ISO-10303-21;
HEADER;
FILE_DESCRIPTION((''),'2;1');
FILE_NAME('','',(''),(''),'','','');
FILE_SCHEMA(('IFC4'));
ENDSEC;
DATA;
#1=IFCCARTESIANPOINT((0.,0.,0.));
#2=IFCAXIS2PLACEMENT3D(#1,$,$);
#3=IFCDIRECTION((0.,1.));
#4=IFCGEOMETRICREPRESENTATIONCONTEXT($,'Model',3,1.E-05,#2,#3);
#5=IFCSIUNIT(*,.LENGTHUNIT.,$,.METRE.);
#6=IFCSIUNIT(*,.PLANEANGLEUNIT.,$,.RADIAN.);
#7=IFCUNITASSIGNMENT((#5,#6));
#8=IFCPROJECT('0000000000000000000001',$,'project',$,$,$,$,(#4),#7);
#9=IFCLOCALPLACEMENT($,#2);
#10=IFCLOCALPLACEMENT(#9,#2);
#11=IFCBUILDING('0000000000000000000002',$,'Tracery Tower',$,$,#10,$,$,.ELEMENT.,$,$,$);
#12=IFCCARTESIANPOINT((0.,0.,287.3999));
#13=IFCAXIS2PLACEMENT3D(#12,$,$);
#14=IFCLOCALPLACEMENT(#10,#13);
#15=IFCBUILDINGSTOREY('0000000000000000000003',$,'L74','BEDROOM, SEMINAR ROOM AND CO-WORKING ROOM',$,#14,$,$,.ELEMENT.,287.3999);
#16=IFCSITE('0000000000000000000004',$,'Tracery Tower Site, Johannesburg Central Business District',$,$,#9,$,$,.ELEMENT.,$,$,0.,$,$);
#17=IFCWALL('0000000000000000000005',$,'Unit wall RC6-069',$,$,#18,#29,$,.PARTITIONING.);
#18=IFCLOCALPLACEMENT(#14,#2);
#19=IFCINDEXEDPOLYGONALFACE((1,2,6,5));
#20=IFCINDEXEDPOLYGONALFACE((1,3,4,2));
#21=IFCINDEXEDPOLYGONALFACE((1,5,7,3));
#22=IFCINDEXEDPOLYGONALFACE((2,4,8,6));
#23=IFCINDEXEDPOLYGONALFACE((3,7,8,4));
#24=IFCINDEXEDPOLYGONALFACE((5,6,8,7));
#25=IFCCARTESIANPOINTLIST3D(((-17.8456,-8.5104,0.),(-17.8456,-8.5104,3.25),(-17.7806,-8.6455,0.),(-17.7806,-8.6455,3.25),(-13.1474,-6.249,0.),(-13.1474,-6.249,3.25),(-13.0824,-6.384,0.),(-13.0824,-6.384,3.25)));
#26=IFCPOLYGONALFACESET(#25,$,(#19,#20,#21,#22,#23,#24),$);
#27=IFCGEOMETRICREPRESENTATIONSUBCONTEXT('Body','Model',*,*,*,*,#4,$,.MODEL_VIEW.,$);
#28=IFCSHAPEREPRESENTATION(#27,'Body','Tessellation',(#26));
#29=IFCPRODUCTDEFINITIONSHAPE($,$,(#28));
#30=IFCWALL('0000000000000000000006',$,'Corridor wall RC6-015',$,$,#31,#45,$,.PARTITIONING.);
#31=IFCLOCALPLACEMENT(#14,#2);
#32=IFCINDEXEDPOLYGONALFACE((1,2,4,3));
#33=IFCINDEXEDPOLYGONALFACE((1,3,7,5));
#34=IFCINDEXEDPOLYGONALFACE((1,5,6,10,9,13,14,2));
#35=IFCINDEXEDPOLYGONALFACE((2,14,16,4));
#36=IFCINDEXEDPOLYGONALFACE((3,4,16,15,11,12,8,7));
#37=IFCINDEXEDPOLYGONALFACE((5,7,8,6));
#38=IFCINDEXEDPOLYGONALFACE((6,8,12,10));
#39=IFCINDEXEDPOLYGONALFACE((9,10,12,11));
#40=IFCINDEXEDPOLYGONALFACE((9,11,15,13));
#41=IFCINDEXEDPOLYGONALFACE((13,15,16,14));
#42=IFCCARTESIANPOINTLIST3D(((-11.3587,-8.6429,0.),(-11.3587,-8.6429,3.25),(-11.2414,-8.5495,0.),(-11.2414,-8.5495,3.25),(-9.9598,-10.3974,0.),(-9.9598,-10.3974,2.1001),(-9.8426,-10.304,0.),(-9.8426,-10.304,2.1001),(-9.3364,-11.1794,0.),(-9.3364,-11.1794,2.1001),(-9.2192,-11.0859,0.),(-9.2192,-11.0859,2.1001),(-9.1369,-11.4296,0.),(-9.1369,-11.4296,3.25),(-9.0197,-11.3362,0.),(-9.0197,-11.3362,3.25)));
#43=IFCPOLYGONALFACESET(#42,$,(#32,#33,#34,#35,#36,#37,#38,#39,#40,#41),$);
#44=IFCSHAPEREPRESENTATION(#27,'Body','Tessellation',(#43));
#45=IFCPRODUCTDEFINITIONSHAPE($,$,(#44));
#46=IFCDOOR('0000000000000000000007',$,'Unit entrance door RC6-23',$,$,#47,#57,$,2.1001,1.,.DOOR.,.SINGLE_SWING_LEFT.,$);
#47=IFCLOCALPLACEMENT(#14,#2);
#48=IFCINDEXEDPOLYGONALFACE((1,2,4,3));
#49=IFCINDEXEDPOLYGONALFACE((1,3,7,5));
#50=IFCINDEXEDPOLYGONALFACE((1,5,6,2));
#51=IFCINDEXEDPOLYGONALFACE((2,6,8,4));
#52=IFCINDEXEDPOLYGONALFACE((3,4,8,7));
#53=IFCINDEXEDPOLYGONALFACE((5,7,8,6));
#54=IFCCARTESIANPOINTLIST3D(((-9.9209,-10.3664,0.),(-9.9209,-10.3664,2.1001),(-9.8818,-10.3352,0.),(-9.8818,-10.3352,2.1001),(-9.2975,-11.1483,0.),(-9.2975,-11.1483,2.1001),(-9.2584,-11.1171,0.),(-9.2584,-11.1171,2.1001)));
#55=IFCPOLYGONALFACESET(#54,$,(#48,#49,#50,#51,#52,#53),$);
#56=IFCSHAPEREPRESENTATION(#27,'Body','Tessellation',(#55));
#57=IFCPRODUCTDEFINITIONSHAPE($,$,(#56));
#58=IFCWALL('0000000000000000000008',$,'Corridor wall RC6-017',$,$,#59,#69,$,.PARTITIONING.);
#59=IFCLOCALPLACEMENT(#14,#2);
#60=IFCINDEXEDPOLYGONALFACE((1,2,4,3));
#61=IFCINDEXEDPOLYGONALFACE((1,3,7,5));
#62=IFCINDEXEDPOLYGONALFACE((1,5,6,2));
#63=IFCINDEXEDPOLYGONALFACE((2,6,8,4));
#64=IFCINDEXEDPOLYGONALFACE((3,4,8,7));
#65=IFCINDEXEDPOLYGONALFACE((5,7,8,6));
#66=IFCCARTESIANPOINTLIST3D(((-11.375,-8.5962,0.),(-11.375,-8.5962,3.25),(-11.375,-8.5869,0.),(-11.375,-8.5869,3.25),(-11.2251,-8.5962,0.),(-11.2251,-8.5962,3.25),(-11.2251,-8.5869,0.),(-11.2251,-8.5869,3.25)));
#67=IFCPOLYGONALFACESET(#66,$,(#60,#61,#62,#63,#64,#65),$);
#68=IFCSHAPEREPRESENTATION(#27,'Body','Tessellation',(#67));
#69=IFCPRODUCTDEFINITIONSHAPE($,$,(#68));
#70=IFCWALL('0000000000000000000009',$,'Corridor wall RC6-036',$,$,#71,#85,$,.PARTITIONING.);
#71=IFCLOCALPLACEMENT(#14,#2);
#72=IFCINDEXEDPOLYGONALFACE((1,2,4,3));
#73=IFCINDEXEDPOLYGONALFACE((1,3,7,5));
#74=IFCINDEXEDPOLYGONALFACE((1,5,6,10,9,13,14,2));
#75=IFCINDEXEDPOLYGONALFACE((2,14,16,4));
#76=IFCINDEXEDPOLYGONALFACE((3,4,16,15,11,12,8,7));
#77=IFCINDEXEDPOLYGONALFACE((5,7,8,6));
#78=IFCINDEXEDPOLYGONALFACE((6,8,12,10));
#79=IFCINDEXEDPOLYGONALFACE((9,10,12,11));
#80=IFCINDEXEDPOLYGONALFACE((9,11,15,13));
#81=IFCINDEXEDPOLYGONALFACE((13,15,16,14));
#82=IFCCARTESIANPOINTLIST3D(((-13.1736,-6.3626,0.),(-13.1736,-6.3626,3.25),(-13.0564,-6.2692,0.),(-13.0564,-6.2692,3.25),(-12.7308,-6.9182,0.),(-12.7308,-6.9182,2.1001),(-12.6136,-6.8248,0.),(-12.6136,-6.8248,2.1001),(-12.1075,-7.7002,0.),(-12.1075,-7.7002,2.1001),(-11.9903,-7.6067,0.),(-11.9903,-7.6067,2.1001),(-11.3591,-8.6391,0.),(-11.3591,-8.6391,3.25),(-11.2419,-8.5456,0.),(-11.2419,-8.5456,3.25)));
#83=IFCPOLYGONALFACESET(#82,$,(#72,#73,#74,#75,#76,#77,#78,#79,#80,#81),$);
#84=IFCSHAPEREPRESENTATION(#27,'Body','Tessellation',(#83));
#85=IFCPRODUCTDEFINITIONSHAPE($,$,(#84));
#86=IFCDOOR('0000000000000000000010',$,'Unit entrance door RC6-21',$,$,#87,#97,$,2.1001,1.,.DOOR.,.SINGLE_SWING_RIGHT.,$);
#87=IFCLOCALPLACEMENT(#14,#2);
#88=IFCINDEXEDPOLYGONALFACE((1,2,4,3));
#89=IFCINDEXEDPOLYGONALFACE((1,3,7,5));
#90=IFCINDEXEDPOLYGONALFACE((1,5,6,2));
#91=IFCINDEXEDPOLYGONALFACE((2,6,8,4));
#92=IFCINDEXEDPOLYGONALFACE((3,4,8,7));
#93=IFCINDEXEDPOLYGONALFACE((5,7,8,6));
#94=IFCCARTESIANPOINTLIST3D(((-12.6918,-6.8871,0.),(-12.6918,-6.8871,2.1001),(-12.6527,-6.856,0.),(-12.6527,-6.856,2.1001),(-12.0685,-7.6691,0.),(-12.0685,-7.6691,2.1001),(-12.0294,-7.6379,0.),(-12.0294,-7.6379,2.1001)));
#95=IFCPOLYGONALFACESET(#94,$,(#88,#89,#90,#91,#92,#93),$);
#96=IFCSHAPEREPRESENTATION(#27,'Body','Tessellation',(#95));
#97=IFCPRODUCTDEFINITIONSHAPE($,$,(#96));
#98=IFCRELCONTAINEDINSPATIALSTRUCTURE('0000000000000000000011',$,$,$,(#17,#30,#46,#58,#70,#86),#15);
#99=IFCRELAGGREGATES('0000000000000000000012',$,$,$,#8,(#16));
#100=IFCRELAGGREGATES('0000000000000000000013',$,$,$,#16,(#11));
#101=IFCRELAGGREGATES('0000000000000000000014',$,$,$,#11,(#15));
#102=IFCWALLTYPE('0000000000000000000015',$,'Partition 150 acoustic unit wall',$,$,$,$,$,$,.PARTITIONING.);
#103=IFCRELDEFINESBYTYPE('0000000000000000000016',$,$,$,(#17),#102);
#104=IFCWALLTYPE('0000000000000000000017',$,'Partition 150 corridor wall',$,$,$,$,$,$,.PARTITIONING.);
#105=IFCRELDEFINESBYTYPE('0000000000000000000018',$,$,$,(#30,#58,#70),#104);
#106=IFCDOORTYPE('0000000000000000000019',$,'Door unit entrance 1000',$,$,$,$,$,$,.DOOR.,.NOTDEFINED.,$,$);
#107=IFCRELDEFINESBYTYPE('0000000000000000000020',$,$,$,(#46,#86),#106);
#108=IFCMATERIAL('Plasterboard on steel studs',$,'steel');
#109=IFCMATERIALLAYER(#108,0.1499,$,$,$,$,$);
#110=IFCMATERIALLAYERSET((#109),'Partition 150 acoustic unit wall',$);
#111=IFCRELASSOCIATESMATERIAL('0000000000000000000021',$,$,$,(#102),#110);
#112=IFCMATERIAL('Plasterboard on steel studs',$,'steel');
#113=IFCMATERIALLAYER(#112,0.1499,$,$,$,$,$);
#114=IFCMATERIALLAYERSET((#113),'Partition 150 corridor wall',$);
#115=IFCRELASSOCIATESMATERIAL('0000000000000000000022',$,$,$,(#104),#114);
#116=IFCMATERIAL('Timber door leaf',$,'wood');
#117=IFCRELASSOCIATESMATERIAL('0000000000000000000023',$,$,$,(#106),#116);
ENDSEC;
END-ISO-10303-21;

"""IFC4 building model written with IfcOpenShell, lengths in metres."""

from ifc_helpers import new_model, si_unit, direction, frame, frame_2d, origin, place, context, subcontext, project, spatial, rectangle, extrude, material, layer, layer_set, type_object, element, fill, save


model = new_model("IFC4")

# Units and contexts
model_context = context("Model", 3, precision=1e-05, world=origin(), true_north=direction((0.0, 1.0)))
body_context = subcontext(model_context, "Body", "Model", "MODEL_VIEW")
ifc_project = project(units=[si_unit("LENGTHUNIT", "METRE"), si_unit("PLANEANGLEUNIT", "RADIAN")], contexts=[model_context])

# Site, building, storey
site_placement = place(None, origin())
site = spatial("IfcSite", under=ifc_project, at=site_placement, Name="Tracery Tower Site, Johannesburg Central Business District", CompositionType="ELEMENT", RefElevation=0.0)
building_placement = place(site_placement, origin())
building = spatial("IfcBuilding", under=site, at=building_placement, Name="Tracery Tower", CompositionType="ELEMENT")
storey_placement = place(building_placement, frame((0.0, 0.0, 287.3999)))
storey = spatial("IfcBuildingStorey", under=building, at=storey_placement, Name="L74", Description="BEDROOM, SEMINAR ROOM AND CO-WORKING ROOM", CompositionType="ELEMENT", Elevation=287.3999)

# Wall
ifc_material_1 = material(Name="Plasterboard on steel studs", Category="steel")
ifc_layer_1 = layer(ifc_material_1, 0.1499)
ifc_layer_set_1 = layer_set([ifc_layer_1], Name="Partition 150 acoustic unit wall")
wall_type_1 = type_object("IfcWallType", Name="Partition 150 acoustic unit wall", PredefinedType="PARTITIONING", material=ifc_layer_set_1)
wall_1_placement = place(storey_placement, frame((-17.813, -8.5779, 0.0), z_axis=(0.0, 0.0, 1.0), x_axis=(0.90105, 0.433716, 0.0)))
element("IfcWall", 1, at=wall_1_placement, inside=storey, type_object=wall_type_1, Name="Unit wall RC6-069", PredefinedType="PARTITIONING", context=body_context, shape_type="SweptSolid", body=[
    extrude(rectangle(XDim=5.2141, YDim=0.1499, at=frame_2d((2.6069, 0.0))), origin(), (0.0, 0.0, 1.0), 3.25),
])

# Wall, opening, door
ifc_material_2 = material(Name="Plasterboard on steel studs", Category="steel")
ifc_layer_2 = layer(ifc_material_2, 0.1499)
ifc_layer_set_2 = layer_set([ifc_layer_2], Name="Partition 150 corridor wall")
wall_type_2 = type_object("IfcWallType", Name="Partition 150 corridor wall", PredefinedType="PARTITIONING", material=ifc_layer_set_2)
wall_2_placement = place(storey_placement, frame((-11.3, -8.5962, 0.0), z_axis=(0.0, 0.0, 1.0), x_axis=(0.623391, -0.78191, 0.0)))
wall_2 = element("IfcWall", 2, at=wall_2_placement, inside=storey, type_object=wall_type_2, Name="Corridor wall RC6-015", PredefinedType="PARTITIONING", context=body_context, shape_type="SweptSolid", body=[
    extrude(rectangle(XDim=3.564, YDim=0.1499, at=frame_2d((1.782, 0.0))), origin(), (0.0, 0.0, 1.0), 3.25),
])
opening_1_placement = place(wall_2_placement, frame((2.2439, 0.0, 0.0)))
opening_1 = element("IfcOpeningElement", 3, at=opening_1_placement, cuts=wall_2, PredefinedType="OPENING", context=body_context, shape_type="SweptSolid", body=[
    extrude(rectangle(XDim=1.0, YDim=2.1001, at=frame_2d((0.5, 1.05))), frame((0.0, 0.075, 0.0), z_axis=(0.0, -1.0, 0.0), x_axis=(1.0, 0.0, 0.0)), (0.0, 0.0, 1.0), 0.1499),
])
ifc_material_3 = material(Name="Timber door leaf", Category="wood")
door_type_1 = type_object("IfcDoorType", Name="Door unit entrance 1000", OperationType="NOTDEFINED", PredefinedType="DOOR", material=ifc_material_3)
door_1_placement = place(opening_1_placement, origin())
door_1 = element("IfcDoor", 4, at=door_1_placement, inside=storey, type_object=door_type_1, Name="Unit entrance door RC6-23", OperationType="SINGLE_SWING_LEFT", OverallHeight=2.1001, OverallWidth=1.0, PredefinedType="DOOR", context=body_context, shape_type="SweptSolid", body=[
    extrude(rectangle(XDim=1.0, YDim=2.1001, at=frame_2d((0.5, 1.05))), frame((0.0, 0.0249, 0.0), z_axis=(0.0, -1.0, 0.0), x_axis=(1.0, 0.0, 0.0)), (0.0, 0.0, 1.0), 0.05),
])
fill(opening_1, door_1)

# Wall
wall_3_placement = place(storey_placement, frame((-11.3, -8.5962, 0.0), z_axis=(0.0, 0.0, 1.0), x_axis=(0.0, 1.0, 0.0)))
element("IfcWall", 5, at=wall_3_placement, inside=storey, type_object=wall_type_2, Name="Corridor wall RC6-017", PredefinedType="PARTITIONING", context=body_context, shape_type="SweptSolid", body=[
    extrude(rectangle(XDim=0.0093, YDim=0.1499, at=frame_2d((0.0046, 0.0))), origin(), (0.0, 0.0, 1.0), 3.25),
])

# Wall, opening, door
wall_4_placement = place(storey_placement, frame((-13.115, -6.3159, 0.0), z_axis=(0.0, 0.0, 1.0), x_axis=(0.623303, -0.78198, 0.0)))
wall_4 = element("IfcWall", 6, at=wall_4_placement, inside=storey, type_object=wall_type_2, Name="Corridor wall RC6-036", PredefinedType="PARTITIONING", context=body_context, shape_type="SweptSolid", body=[
    extrude(rectangle(XDim=2.9111, YDim=0.1499, at=frame_2d((1.4556, 0.0))), origin(), (0.0, 0.0, 1.0), 3.25),
])
opening_2_placement = place(wall_4_placement, frame((0.7104, 0.0, 0.0)))
opening_2 = element("IfcOpeningElement", 7, at=opening_2_placement, cuts=wall_4, PredefinedType="OPENING", context=body_context, shape_type="SweptSolid", body=[
    extrude(rectangle(XDim=1.0, YDim=2.1001, at=frame_2d((0.5, 1.05))), frame((0.0, 0.075, 0.0), z_axis=(0.0, -1.0, 0.0), x_axis=(1.0, 0.0, 0.0)), (0.0, 0.0, 1.0), 0.1499),
])
door_2_placement = place(opening_2_placement, origin())
door_2 = element("IfcDoor", 8, at=door_2_placement, inside=storey, type_object=door_type_1, Name="Unit entrance door RC6-21", OperationType="SINGLE_SWING_RIGHT", OverallHeight=2.1001, OverallWidth=1.0, PredefinedType="DOOR", context=body_context, shape_type="SweptSolid", body=[
    extrude(rectangle(XDim=1.0, YDim=2.1001, at=frame_2d((0.5, 1.05))), frame((0.0, 0.0249, 0.0), z_axis=(0.0, -1.0, 0.0), x_axis=(1.0, 0.0, 0.0)), (0.0, 0.0, 1.0), 0.05),
])
fill(opening_2, door_2)

save(model, "model.ifc")
